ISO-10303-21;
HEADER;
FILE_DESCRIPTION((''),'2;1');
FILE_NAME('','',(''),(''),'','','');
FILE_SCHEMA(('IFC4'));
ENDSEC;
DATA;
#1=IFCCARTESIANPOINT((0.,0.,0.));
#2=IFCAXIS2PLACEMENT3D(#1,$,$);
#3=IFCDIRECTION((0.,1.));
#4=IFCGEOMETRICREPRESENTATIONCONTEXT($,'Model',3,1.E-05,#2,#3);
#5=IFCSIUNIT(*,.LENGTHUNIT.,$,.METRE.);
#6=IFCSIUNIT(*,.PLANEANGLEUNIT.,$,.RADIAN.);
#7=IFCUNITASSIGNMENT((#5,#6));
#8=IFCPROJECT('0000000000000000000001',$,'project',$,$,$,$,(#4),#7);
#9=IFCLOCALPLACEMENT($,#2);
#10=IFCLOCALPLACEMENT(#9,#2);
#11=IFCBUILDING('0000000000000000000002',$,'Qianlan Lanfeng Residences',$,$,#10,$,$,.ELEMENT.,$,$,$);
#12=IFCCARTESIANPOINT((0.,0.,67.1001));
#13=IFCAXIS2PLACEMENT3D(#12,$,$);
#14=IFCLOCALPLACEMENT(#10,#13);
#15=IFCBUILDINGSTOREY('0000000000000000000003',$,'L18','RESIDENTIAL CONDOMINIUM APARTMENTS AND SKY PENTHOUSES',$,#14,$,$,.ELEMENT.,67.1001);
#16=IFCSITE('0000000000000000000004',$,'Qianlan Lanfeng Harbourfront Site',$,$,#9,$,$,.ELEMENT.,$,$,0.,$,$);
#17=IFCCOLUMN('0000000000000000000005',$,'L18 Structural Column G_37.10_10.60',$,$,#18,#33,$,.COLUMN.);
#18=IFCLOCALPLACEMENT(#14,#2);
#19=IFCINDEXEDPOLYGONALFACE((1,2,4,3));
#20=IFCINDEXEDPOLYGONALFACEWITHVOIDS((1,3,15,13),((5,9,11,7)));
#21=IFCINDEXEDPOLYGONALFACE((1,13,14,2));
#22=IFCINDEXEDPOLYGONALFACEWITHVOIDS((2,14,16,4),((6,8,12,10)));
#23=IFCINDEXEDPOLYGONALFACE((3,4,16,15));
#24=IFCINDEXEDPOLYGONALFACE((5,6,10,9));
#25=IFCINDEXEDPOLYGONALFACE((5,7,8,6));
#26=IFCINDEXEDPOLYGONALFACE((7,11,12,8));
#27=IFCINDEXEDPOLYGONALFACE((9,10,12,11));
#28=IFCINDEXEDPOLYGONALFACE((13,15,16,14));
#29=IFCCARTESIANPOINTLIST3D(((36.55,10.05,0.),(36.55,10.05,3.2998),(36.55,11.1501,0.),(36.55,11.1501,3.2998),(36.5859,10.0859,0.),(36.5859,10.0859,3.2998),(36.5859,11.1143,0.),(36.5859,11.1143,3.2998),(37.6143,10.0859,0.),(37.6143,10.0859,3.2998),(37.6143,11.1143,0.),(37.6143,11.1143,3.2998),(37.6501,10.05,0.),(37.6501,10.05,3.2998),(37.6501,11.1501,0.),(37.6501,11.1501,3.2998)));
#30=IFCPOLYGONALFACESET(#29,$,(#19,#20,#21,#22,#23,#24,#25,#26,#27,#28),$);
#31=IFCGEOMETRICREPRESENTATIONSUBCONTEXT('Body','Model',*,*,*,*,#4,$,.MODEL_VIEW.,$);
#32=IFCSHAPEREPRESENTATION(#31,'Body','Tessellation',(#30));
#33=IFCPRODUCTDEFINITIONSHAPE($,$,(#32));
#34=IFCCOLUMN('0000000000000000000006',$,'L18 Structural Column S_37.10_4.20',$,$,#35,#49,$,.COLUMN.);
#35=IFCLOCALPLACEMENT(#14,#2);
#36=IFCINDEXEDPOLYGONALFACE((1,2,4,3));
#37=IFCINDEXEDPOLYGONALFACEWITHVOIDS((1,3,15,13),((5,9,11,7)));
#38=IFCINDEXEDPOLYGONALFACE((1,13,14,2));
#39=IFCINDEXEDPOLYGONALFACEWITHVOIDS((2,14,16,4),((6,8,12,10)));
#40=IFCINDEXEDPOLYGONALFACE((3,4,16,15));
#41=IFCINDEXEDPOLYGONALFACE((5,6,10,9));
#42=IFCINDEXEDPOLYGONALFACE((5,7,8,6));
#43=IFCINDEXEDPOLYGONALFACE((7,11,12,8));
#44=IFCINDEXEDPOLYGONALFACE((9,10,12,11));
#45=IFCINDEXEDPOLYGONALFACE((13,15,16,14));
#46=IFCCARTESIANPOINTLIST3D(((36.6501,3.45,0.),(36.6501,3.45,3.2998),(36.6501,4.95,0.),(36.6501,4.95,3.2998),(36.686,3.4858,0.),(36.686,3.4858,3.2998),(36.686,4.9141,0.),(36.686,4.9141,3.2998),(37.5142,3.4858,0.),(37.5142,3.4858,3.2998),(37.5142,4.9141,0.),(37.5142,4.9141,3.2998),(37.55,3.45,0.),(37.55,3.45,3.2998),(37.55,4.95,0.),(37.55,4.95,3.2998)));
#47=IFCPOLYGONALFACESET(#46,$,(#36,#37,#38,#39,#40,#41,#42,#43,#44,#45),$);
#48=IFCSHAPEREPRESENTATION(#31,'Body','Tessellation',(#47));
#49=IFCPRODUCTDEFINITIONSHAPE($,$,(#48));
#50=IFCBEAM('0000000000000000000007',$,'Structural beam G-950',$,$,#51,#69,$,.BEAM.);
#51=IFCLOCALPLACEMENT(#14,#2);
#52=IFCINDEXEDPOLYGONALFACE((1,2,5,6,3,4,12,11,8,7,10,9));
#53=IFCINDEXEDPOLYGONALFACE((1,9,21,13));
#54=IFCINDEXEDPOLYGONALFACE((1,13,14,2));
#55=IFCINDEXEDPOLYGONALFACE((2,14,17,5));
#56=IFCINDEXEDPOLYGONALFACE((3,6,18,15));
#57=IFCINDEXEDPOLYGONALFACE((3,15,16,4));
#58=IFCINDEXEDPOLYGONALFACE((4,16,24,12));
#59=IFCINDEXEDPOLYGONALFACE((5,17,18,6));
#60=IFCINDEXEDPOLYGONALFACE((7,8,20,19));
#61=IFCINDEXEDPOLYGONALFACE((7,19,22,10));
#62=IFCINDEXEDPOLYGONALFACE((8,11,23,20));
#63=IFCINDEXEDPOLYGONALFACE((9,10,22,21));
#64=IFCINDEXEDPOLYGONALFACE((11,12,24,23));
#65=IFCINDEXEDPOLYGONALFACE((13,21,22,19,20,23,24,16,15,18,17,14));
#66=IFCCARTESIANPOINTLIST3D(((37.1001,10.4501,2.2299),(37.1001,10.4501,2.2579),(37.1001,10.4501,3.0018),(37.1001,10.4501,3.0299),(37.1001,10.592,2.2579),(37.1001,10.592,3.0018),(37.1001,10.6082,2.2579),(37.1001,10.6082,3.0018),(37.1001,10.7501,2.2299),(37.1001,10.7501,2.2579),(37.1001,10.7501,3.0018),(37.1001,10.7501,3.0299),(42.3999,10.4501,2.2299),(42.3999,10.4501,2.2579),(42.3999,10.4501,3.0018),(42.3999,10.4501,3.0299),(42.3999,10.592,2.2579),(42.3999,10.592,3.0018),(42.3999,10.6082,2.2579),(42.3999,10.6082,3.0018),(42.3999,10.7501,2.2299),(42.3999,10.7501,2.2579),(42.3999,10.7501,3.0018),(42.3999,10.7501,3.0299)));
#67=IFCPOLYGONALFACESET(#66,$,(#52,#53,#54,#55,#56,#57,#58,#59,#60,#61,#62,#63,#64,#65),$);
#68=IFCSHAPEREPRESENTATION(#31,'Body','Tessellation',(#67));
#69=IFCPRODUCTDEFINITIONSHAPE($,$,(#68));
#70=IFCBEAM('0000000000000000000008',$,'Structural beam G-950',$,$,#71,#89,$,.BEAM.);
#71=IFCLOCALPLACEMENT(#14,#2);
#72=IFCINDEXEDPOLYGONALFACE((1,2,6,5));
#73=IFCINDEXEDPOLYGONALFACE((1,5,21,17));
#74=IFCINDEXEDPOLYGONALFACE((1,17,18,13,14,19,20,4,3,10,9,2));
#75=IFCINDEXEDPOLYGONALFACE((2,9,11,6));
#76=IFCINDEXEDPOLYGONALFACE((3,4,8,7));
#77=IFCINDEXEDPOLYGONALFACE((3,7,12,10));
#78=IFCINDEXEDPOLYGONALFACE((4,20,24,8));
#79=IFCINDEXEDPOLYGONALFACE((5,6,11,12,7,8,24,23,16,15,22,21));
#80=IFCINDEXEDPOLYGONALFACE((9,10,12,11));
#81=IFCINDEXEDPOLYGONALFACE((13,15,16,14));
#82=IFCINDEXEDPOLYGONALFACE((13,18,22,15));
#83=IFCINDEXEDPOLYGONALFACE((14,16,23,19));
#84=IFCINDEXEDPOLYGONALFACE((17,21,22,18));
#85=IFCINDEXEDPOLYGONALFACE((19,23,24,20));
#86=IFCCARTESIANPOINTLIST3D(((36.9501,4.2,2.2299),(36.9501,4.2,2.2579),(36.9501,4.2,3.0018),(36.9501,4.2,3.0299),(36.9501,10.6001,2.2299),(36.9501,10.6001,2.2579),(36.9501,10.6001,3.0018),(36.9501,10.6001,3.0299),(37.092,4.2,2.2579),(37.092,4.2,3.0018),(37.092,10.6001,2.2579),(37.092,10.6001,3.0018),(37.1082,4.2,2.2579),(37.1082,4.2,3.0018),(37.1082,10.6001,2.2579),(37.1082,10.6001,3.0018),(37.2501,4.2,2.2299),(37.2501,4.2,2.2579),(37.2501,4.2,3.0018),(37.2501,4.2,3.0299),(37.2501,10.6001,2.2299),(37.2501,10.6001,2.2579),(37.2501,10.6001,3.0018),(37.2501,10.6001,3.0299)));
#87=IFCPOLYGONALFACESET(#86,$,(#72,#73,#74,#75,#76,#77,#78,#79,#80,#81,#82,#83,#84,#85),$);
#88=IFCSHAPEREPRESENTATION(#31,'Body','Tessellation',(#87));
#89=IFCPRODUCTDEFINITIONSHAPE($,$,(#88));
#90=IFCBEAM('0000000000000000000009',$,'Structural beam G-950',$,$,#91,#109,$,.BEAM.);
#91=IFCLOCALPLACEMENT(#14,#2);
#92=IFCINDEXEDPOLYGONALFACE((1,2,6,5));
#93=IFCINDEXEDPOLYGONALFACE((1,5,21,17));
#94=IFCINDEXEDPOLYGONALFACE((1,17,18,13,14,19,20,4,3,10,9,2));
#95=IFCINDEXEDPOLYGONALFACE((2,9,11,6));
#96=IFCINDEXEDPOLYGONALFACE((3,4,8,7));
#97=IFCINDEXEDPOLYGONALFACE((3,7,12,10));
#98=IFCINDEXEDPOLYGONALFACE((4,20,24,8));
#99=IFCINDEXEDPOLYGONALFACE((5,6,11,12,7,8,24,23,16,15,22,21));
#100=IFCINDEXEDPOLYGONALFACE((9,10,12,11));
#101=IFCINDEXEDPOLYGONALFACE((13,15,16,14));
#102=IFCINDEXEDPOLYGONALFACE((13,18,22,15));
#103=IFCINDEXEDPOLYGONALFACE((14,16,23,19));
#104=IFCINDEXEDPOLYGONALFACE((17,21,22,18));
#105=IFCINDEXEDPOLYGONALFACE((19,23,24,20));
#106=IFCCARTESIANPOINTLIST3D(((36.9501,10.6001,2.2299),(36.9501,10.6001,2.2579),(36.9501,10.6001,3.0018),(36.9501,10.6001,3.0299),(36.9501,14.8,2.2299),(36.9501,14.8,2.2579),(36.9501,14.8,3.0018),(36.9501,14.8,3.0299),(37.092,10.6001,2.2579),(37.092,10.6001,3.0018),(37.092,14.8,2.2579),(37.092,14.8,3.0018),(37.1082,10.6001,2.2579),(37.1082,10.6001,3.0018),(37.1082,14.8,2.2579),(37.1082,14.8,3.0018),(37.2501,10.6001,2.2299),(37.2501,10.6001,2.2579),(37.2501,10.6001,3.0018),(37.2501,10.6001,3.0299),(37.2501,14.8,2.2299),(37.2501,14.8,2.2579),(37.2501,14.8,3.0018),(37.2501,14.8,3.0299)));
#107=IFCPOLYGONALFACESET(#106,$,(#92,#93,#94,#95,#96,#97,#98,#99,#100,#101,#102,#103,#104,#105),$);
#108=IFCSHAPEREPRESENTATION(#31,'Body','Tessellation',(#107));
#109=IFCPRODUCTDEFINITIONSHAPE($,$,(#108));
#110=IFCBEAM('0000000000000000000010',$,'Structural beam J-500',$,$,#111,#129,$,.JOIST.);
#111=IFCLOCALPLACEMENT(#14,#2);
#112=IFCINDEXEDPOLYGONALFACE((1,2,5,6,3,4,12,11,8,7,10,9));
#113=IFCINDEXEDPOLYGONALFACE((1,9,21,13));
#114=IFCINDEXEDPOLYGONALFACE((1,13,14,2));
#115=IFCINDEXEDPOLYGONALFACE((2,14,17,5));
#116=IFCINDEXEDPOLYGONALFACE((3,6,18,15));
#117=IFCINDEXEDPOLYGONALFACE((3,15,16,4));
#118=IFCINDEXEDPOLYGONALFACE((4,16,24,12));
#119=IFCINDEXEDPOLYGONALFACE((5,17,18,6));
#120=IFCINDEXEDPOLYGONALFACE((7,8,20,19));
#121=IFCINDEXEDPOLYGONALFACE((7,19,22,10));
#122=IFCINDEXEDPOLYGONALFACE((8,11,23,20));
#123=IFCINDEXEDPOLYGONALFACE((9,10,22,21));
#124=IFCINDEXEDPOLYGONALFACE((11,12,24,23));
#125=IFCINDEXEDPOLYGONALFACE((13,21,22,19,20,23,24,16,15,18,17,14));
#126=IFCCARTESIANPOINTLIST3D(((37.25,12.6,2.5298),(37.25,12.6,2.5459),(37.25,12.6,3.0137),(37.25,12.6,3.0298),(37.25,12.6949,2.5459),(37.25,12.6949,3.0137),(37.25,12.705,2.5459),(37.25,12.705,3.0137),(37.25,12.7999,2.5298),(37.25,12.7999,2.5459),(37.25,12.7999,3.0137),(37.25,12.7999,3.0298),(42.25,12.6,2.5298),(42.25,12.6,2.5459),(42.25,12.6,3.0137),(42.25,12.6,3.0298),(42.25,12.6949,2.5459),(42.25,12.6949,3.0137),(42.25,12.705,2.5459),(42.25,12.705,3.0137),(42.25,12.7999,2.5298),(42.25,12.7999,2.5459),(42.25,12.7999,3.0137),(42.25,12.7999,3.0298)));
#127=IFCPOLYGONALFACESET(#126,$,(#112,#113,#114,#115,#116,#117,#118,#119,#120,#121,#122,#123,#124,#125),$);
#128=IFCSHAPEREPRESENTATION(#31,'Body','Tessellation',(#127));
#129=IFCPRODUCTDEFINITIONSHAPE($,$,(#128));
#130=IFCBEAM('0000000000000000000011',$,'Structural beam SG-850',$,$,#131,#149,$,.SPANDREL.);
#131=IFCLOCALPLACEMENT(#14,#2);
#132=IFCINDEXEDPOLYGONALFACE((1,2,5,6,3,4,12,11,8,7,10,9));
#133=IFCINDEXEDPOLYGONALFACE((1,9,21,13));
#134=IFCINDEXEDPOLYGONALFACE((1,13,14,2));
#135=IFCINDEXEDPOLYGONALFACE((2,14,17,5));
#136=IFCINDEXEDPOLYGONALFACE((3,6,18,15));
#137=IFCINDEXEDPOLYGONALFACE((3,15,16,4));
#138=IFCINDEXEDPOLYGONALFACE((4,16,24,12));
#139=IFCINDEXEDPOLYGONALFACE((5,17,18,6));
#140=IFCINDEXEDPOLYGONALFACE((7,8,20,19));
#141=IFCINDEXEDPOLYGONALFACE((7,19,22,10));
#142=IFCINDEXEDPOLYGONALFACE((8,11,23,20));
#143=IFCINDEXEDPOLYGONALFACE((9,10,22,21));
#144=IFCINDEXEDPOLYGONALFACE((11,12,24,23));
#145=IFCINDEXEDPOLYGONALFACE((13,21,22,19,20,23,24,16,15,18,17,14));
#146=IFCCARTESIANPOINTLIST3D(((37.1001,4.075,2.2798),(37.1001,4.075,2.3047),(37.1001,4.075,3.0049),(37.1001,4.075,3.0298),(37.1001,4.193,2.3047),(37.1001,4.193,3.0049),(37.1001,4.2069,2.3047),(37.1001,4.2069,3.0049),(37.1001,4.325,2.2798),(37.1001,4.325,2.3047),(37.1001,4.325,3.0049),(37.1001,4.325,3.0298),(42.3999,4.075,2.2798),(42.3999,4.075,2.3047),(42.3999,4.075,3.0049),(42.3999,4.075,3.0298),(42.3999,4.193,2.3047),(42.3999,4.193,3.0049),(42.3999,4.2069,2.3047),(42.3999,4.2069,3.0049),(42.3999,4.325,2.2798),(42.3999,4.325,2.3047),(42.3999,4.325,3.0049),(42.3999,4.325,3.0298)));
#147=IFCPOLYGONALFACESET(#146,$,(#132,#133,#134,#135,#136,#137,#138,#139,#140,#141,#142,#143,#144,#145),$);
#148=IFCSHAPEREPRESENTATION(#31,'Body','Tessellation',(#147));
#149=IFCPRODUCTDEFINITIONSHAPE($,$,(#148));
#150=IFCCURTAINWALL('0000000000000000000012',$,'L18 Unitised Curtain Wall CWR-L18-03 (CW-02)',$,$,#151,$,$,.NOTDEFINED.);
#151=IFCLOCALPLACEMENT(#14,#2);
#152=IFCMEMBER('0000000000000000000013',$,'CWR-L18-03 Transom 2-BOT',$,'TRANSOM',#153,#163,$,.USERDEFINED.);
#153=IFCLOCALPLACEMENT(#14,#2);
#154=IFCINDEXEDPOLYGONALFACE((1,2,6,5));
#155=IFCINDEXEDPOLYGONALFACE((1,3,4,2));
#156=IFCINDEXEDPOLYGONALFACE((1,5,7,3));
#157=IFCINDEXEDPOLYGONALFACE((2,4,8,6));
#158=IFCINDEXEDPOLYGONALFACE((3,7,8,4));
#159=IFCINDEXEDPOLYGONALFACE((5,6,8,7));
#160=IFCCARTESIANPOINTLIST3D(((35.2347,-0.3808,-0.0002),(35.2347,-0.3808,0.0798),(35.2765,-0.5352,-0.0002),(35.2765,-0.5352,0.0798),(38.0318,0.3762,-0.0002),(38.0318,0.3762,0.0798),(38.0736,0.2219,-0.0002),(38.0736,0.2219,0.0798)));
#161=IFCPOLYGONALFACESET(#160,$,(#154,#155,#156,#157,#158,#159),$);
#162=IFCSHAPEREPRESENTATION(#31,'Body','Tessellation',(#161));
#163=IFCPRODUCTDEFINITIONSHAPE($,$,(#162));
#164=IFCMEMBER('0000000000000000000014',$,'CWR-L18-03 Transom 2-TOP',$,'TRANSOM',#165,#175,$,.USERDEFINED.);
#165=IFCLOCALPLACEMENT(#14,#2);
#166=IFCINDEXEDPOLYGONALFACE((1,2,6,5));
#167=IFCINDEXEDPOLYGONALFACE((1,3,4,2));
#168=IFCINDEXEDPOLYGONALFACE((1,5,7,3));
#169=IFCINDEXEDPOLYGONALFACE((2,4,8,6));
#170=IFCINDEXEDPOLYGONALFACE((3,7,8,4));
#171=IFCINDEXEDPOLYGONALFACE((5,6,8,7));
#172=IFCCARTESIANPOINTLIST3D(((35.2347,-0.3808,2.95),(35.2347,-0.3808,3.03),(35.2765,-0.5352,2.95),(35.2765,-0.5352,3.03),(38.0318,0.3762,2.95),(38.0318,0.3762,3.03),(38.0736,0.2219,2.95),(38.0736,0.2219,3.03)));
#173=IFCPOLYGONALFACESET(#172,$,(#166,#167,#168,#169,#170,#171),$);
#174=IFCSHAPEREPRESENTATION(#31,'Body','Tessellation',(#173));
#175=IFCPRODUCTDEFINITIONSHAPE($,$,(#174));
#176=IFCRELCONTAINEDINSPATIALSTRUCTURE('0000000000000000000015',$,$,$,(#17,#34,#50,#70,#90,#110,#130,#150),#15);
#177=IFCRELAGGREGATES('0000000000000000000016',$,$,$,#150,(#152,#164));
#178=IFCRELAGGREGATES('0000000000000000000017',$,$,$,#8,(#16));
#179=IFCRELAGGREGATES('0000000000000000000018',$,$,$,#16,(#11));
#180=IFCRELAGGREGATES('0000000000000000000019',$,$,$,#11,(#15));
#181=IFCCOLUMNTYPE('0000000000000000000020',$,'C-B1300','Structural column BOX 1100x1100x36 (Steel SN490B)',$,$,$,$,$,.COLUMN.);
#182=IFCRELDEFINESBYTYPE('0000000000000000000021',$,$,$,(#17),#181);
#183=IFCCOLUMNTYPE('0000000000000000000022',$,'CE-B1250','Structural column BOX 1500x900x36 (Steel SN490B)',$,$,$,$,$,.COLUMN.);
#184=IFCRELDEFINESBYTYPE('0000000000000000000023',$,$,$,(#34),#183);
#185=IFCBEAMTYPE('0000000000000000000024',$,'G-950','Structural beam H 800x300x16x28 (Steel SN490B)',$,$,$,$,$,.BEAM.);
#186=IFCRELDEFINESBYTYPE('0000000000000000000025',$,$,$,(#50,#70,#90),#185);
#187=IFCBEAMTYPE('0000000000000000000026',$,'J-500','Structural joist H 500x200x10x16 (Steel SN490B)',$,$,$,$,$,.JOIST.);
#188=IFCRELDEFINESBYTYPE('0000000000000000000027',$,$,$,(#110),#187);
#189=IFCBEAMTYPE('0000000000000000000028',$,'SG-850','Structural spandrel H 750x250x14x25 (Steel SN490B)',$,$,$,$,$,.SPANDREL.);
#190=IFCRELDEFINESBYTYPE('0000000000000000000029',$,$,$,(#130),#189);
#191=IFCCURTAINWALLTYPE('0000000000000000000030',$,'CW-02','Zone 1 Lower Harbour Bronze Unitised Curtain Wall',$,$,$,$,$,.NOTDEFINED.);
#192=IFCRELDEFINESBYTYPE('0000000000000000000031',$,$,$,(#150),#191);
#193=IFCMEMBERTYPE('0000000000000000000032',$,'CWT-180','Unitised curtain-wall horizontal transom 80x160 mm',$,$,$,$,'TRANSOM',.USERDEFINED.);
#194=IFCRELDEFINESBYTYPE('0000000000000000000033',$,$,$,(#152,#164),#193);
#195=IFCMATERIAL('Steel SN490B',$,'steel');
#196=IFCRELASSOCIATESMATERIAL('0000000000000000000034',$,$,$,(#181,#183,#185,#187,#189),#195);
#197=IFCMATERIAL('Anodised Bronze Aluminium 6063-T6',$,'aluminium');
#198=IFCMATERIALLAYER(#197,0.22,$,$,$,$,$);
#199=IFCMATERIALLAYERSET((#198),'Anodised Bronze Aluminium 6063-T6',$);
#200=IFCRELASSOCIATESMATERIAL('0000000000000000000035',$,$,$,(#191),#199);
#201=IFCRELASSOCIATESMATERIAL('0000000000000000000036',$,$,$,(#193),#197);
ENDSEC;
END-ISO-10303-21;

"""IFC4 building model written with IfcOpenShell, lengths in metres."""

from ifc_helpers import new_model, si_unit, direction, frame, origin, origin_2d, place, context, subcontext, project, spatial, rectangle, hollow_rectangle, i_section, extrude, source, transform, mapped, material, layer, layer_set, material_profile, profile_set, type_object, element, aggregate, save


model = new_model("IFC4")

# Units and contexts
model_context = context("Model", 3, precision=1e-05, world=origin(), true_north=direction((0.0, 1.0)))
body_context = subcontext(model_context, "Body", "Model", "MODEL_VIEW")
ifc_project = project(units=[si_unit("LENGTHUNIT", "METRE"), si_unit("PLANEANGLEUNIT", "RADIAN")], contexts=[model_context])

# Site, building, storey
site_placement = place(None, origin())
site = spatial("IfcSite", under=ifc_project, at=site_placement, Name="Qianlan Lanfeng Harbourfront Site", CompositionType="ELEMENT", RefElevation=0.0)
building_placement = place(site_placement, origin())
building = spatial("IfcBuilding", under=site, at=building_placement, Name="Qianlan Lanfeng Residences", CompositionType="ELEMENT")
storey_placement = place(building_placement, frame((0.0, 0.0, 67.1001)))
storey = spatial("IfcBuildingStorey", under=building, at=storey_placement, Name="L18", Description="RESIDENTIAL CONDOMINIUM APARTMENTS AND SKY PENTHOUSES", CompositionType="ELEMENT", Elevation=67.1001)

# Columns
ifc_material_1 = material(Name="Steel SN490B", Category="steel")
ifc_material_profile_1 = material_profile(ifc_material_1, hollow_rectangle(XDim=1.1001, YDim=1.1001, WallThickness=0.0359, at=origin_2d()), Name="BOX 1100x1100x36")
ifc_profile_set_1 = profile_set([ifc_material_profile_1], Name="Steel SN490B")
column_type_1 = type_object("IfcColumnType", Name="C-B1300", Description="Structural column BOX 1100x1100x36 (Steel SN490B)", PredefinedType="COLUMN", material=ifc_profile_set_1)
column_1_placement = place(storey_placement, frame((37.1001, 10.6001, 0.0), z_axis=(0.0, 0.0, 1.0), x_axis=(1.0, 0.0, 0.0)))
element("IfcColumn", 1, at=column_1_placement, inside=storey, type_object=column_type_1, Name="L18 Structural Column G_37.10_10.60", PredefinedType="COLUMN", context=body_context, shape_type="SweptSolid", body=[
    extrude(hollow_rectangle(XDim=1.1001, YDim=1.1001, WallThickness=0.0359, at=origin_2d()), origin(), (0.0, 0.0, 1.0), 3.2998),
])
ifc_material_profile_2 = material_profile(ifc_material_1, hollow_rectangle(XDim=0.8999, YDim=1.5, WallThickness=0.0359, at=origin_2d()), Name="BOX 1500x900x36")
ifc_profile_set_2 = profile_set([ifc_material_profile_2], Name="Steel SN490B")
column_type_2 = type_object("IfcColumnType", Name="CE-B1250", Description="Structural column BOX 1500x900x36 (Steel SN490B)", PredefinedType="COLUMN", material=ifc_profile_set_2)
column_2_placement = place(storey_placement, frame((37.1001, 4.2, 0.0), z_axis=(0.0, 0.0, 1.0), x_axis=(1.0, 0.0, 0.0)))
element("IfcColumn", 2, at=column_2_placement, inside=storey, type_object=column_type_2, Name="L18 Structural Column S_37.10_4.20", PredefinedType="COLUMN", context=body_context, shape_type="SweptSolid", body=[
    extrude(hollow_rectangle(XDim=0.8999, YDim=1.5, WallThickness=0.0359, at=origin_2d()), origin(), (0.0, 0.0, 1.0), 3.2998),
])

# Beams
ifc_material_profile_3 = material_profile(ifc_material_1, i_section(OverallWidth=0.3, OverallDepth=0.8, WebThickness=0.0161, FlangeThickness=0.0281, at=origin_2d()), Name="H 800x300x16x28")
ifc_profile_set_3 = profile_set([ifc_material_profile_3], Name="Steel SN490B")
beam_type_1 = type_object("IfcBeamType", Name="G-950", Description="Structural beam H 800x300x16x28 (Steel SN490B)", PredefinedType="BEAM", material=ifc_profile_set_3)
beam_1_placement = place(storey_placement, frame((37.1001, 10.6001, 2.6299), z_axis=(1.0, 0.0, 0.0), x_axis=(0.0, 1.0, 0.0)))
element("IfcBeam", 3, at=beam_1_placement, inside=storey, type_object=beam_type_1, Name="Structural beam G-950", PredefinedType="BEAM", context=body_context, shape_type="SweptSolid", body=[
    extrude(i_section(OverallWidth=0.3, OverallDepth=0.8, WebThickness=0.0161, FlangeThickness=0.0281, at=origin_2d()), origin(), (0.0, 0.0, 1.0), 5.2998),
])
beam_2_placement = place(storey_placement, frame((37.1001, 4.2, 2.6299), z_axis=(0.0, 1.0, 0.0), x_axis=(-1.0, 0.0, 0.0)))
element("IfcBeam", 4, at=beam_2_placement, inside=storey, type_object=beam_type_1, Name="Structural beam G-950", PredefinedType="BEAM", context=body_context, shape_type="SweptSolid", body=[
    extrude(i_section(OverallWidth=0.3, OverallDepth=0.8, WebThickness=0.0161, FlangeThickness=0.0281, at=origin_2d()), origin(), (0.0, 0.0, 1.0), 6.4001),
])
beam_3_placement = place(storey_placement, frame((37.1001, 10.6001, 2.6299), z_axis=(0.0, 1.0, 0.0), x_axis=(-1.0, 0.0, 0.0)))
element("IfcBeam", 5, at=beam_3_placement, inside=storey, type_object=beam_type_1, Name="Structural beam G-950", PredefinedType="BEAM", context=body_context, shape_type="SweptSolid", body=[
    extrude(i_section(OverallWidth=0.3, OverallDepth=0.8, WebThickness=0.0161, FlangeThickness=0.0281, at=origin_2d()), origin(), (0.0, 0.0, 1.0), 4.2),
])
ifc_material_profile_4 = material_profile(ifc_material_1, i_section(OverallWidth=0.2, OverallDepth=0.5, WebThickness=0.01, FlangeThickness=0.0161, at=origin_2d()), Name="H 500x200x10x16")
ifc_profile_set_4 = profile_set([ifc_material_profile_4], Name="Steel SN490B")
beam_type_2 = type_object("IfcBeamType", Name="J-500", Description="Structural joist H 500x200x10x16 (Steel SN490B)", PredefinedType="JOIST", material=ifc_profile_set_4)
beam_4_placement = place(storey_placement, frame((37.25, 12.7, 2.7798), z_axis=(1.0, 0.0, 0.0), x_axis=(0.0, 1.0, 0.0)))
element("IfcBeam", 6, at=beam_4_placement, inside=storey, type_object=beam_type_2, Name="Structural beam J-500", PredefinedType="JOIST", context=body_context, shape_type="SweptSolid", body=[
    extrude(i_section(OverallWidth=0.2, OverallDepth=0.5, WebThickness=0.01, FlangeThickness=0.0161, at=origin_2d()), origin(), (0.0, 0.0, 1.0), 5.0),
])
ifc_material_profile_5 = material_profile(ifc_material_1, i_section(OverallWidth=0.25, OverallDepth=0.75, WebThickness=0.0139, FlangeThickness=0.0249, at=origin_2d()), Name="H 750x250x14x25")
ifc_profile_set_5 = profile_set([ifc_material_profile_5], Name="Steel SN490B")
beam_type_3 = type_object("IfcBeamType", Name="SG-850", Description="Structural spandrel H 750x250x14x25 (Steel SN490B)", PredefinedType="SPANDREL", material=ifc_profile_set_5)
beam_5_placement = place(storey_placement, frame((37.1001, 4.2, 2.6548), z_axis=(1.0, 0.0, 0.0), x_axis=(0.0, 1.0, 0.0)))
element("IfcBeam", 7, at=beam_5_placement, inside=storey, type_object=beam_type_3, Name="Structural beam SG-850", PredefinedType="SPANDREL", context=body_context, shape_type="SweptSolid", body=[
    extrude(i_section(OverallWidth=0.25, OverallDepth=0.75, WebThickness=0.0139, FlangeThickness=0.0249, at=origin_2d()), origin(), (0.0, 0.0, 1.0), 5.2998),
])

# Curtain wall, members
ifc_material_2 = material(Name="Anodised Bronze Aluminium 6063-T6", Category="aluminium")
ifc_layer_1 = layer(ifc_material_2, 0.22)
ifc_layer_set_1 = layer_set([ifc_layer_1], Name="Anodised Bronze Aluminium 6063-T6")
curtain_wall_type = type_object("IfcCurtainWallType", Name="CW-02", Description="Zone 1 Lower Harbour Bronze Unitised Curtain Wall", PredefinedType="NOTDEFINED", material=ifc_layer_set_1)
curtain_wall_1_placement = place(storey_placement, origin())
curtain_wall_1 = element("IfcCurtainWall", 8, at=curtain_wall_1_placement, inside=storey, type_object=curtain_wall_type, Name="L18 Unitised Curtain Wall CWR-L18-03 (CW-02)", PredefinedType="NOTDEFINED")
ifc_material_profile_6 = material_profile(ifc_material_2, rectangle(XDim=0.0801, YDim=0.1599, at=origin_2d()), Name="ALU TRANSOM 80x160")
ifc_profile_set_6 = profile_set([ifc_material_profile_6], Name="Anodised Bronze Aluminium 6063-T6")
member_type_1 = type_object("IfcMemberType", Name="CWT-180", Description="Unitised curtain-wall horizontal transom 80x160 mm", ElementType="TRANSOM", PredefinedType="USERDEFINED", material=ifc_profile_set_6)
shared_shape_1 = source(origin(), body_context, "Body", "SweptSolid", [
    extrude(rectangle(XDim=0.0801, YDim=0.1599, at=origin_2d()), origin(), (0.0, 0.0, 1.0), 2.8977),
])
member_1_placement = place(storey_placement, frame((35.2556, -0.458, 0.0398), z_axis=(0.965268, 0.261263, 0.0), x_axis=(0.0, 0.0, 1.0)))
member_1 = element("IfcMember", 9, at=member_1_placement, type_object=member_type_1, Name="CWR-L18-03 Transom 2-BOT", ObjectType="TRANSOM", PredefinedType="USERDEFINED", context=body_context, shape_type="MappedRepresentation", body=[
    mapped(shared_shape_1, transform((0.0, 0.0, 0.0), scale=1.0)),
])
member_2_placement = place(storey_placement, frame((35.2556, -0.458, 2.99), z_axis=(0.965268, 0.261263, 0.0), x_axis=(0.0, 0.0, 1.0)))
member_2 = element("IfcMember", 10, at=member_2_placement, type_object=member_type_1, Name="CWR-L18-03 Transom 2-TOP", ObjectType="TRANSOM", PredefinedType="USERDEFINED", context=body_context, shape_type="MappedRepresentation", body=[
    mapped(shared_shape_1, transform((0.0, 0.0, 0.0), scale=1.0)),
])

aggregate(curtain_wall_1, [member_1, member_2])

save(model, "model.ifc")
